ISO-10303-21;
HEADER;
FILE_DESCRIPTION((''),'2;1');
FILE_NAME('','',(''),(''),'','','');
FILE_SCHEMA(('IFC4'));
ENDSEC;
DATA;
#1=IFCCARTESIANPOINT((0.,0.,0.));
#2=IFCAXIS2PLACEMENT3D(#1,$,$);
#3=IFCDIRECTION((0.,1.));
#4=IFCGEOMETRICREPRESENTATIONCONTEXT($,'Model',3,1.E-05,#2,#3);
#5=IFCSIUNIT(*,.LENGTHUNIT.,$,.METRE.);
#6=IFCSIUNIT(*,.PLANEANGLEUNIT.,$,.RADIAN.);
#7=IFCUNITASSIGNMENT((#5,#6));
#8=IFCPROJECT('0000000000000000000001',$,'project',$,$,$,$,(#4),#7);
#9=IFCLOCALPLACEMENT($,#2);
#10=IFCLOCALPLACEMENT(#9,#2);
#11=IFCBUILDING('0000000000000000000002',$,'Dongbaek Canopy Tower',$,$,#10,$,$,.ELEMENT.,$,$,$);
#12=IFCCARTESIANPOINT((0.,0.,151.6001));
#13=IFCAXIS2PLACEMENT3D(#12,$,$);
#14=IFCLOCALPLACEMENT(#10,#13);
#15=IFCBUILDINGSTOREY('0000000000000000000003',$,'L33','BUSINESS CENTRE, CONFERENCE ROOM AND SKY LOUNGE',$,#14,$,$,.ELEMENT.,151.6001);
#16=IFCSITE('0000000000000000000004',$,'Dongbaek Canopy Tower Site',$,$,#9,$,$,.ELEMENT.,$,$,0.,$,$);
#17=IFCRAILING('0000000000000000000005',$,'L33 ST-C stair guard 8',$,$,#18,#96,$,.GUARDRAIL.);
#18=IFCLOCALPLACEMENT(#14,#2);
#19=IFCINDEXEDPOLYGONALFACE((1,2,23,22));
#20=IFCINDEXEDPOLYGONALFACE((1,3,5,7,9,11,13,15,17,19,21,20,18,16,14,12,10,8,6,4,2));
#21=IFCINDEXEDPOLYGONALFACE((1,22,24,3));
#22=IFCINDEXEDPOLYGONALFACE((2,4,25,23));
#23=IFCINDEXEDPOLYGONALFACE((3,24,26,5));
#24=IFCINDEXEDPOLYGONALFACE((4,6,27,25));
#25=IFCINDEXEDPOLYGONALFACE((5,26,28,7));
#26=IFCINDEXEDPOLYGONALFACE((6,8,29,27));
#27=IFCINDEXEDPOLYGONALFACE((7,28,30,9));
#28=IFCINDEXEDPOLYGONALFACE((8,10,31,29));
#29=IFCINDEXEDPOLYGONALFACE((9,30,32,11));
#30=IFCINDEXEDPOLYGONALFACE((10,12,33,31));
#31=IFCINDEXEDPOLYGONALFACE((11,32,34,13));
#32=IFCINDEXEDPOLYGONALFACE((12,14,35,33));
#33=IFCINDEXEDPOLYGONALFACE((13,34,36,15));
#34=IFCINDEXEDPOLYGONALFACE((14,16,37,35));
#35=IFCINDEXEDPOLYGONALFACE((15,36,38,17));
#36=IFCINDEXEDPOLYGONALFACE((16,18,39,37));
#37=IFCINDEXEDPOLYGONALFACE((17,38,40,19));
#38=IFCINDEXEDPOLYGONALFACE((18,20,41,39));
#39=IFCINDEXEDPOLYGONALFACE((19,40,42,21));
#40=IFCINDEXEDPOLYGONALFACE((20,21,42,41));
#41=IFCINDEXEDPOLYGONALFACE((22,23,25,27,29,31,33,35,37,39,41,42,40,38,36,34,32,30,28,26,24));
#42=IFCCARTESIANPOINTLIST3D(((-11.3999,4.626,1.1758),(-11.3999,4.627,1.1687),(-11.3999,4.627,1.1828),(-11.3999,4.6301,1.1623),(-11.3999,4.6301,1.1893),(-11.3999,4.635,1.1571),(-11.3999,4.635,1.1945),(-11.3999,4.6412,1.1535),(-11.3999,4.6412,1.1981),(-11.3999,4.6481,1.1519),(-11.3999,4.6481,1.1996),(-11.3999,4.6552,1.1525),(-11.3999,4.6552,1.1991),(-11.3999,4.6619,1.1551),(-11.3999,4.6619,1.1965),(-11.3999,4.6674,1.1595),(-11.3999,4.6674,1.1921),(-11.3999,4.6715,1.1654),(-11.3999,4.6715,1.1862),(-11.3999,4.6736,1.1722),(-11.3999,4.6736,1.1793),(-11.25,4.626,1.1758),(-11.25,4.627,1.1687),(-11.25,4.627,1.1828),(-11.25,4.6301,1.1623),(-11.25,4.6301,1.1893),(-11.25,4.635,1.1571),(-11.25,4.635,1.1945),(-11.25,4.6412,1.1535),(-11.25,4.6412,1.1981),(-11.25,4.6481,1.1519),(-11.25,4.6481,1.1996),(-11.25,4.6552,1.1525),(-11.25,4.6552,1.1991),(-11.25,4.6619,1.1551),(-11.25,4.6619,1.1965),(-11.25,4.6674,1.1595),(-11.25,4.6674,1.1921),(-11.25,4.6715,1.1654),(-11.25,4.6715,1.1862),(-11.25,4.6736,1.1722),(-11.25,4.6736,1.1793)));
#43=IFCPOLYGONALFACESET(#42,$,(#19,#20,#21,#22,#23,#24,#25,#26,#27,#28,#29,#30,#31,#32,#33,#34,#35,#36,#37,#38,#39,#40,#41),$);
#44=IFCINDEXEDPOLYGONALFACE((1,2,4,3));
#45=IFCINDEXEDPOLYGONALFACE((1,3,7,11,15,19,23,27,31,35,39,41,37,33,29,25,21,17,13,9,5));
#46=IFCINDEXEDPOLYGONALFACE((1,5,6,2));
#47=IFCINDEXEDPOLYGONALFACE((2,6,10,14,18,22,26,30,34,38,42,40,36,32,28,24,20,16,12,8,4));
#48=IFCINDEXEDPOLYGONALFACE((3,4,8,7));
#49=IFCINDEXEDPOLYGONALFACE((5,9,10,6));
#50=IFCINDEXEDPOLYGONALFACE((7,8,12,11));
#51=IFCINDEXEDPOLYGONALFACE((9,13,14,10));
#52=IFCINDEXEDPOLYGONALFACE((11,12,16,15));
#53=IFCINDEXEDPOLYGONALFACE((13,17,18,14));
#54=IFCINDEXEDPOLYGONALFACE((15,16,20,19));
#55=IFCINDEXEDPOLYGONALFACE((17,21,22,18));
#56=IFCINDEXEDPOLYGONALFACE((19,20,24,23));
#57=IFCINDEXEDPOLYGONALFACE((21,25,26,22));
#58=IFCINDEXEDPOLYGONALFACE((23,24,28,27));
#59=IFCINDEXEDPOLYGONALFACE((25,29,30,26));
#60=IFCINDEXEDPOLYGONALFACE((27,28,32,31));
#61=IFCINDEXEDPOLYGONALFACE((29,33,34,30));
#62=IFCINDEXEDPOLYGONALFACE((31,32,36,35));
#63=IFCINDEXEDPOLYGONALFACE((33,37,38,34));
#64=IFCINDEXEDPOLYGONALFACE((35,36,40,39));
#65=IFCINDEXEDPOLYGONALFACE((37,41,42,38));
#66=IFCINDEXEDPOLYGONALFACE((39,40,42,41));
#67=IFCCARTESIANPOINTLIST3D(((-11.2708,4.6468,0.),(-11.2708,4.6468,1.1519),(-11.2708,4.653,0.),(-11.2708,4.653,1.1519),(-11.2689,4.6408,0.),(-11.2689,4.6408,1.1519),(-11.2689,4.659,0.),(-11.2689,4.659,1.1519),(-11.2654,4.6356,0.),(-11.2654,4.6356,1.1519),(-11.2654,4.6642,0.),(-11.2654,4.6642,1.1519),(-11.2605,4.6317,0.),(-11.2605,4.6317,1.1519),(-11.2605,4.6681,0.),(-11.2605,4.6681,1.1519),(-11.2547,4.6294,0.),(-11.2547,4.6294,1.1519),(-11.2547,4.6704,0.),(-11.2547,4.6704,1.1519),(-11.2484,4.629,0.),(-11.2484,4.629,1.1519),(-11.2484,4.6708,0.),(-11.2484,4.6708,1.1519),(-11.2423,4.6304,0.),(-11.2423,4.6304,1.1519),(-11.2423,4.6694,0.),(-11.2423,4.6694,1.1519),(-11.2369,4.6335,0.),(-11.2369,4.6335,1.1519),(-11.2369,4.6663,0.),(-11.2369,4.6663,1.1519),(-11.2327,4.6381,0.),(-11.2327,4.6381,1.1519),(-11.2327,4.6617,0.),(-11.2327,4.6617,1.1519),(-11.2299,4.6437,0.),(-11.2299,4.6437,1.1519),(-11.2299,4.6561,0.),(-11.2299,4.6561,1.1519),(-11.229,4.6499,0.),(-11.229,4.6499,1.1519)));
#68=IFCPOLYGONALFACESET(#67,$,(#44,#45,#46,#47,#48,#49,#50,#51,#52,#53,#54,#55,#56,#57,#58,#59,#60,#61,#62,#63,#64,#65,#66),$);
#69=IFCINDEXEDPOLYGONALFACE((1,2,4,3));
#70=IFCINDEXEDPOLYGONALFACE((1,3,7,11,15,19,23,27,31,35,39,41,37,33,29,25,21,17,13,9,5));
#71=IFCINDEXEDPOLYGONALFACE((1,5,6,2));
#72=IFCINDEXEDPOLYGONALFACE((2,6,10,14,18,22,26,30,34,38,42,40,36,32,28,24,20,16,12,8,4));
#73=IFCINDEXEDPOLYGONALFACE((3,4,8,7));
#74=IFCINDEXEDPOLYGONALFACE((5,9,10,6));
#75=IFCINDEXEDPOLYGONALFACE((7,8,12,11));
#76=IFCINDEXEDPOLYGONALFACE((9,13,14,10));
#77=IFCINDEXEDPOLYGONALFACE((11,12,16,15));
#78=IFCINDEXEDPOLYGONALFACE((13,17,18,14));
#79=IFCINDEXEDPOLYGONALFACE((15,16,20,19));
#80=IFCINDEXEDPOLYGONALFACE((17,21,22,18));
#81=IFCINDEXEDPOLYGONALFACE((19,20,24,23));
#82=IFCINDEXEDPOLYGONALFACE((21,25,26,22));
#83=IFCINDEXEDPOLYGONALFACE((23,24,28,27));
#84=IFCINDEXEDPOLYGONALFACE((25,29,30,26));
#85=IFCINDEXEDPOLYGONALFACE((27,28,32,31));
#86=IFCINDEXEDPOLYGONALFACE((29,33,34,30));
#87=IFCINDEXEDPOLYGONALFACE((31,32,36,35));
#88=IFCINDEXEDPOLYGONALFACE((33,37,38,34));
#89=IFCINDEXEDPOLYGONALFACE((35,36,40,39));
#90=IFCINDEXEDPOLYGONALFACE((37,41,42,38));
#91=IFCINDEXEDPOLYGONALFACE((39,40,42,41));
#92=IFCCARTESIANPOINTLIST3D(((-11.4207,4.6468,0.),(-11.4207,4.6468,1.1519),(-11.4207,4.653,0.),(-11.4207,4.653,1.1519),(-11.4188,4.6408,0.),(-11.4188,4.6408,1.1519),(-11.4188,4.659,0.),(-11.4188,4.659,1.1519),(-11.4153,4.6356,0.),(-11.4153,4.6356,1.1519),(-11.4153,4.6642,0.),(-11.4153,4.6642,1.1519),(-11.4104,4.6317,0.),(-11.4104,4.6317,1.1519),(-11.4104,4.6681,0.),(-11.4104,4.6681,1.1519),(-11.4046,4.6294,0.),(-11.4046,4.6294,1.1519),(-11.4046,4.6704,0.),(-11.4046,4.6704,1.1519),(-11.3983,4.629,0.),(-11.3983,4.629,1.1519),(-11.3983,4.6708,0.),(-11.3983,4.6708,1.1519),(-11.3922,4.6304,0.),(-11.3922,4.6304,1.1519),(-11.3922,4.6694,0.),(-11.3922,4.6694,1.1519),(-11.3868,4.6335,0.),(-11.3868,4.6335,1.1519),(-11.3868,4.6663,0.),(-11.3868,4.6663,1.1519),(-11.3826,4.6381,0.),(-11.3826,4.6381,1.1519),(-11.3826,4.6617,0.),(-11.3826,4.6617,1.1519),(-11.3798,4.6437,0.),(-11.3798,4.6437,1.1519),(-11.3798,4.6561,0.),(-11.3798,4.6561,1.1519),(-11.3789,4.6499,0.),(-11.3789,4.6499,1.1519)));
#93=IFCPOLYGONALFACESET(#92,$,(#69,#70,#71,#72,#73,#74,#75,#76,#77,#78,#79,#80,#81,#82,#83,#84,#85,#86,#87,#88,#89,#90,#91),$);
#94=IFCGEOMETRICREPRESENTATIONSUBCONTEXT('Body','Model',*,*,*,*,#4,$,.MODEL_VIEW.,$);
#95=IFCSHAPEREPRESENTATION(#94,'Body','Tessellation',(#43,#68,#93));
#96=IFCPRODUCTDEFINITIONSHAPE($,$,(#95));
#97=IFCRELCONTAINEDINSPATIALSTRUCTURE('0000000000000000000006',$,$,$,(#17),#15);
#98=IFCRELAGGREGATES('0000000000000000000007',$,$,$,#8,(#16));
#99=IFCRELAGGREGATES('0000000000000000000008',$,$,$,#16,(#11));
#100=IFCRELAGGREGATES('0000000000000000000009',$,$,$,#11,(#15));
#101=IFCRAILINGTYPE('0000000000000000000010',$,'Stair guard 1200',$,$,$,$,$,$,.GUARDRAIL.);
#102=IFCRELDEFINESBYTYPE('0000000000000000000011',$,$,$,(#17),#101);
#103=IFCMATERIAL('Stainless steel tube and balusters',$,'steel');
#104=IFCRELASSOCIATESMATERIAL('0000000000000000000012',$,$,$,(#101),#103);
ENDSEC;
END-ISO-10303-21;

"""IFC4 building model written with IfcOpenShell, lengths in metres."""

from ifc_helpers import new_model, si_unit, direction, frame, origin, origin_2d, place, context, subcontext, project, spatial, circle, extrude, material, type_object, element, save


model = new_model("IFC4")

# Units and contexts
model_context = context("Model", 3, precision=1e-05, world=origin(), true_north=direction((0.0, 1.0)))
body_context = subcontext(model_context, "Body", "Model", "MODEL_VIEW")
ifc_project = project(units=[si_unit("LENGTHUNIT", "METRE"), si_unit("PLANEANGLEUNIT", "RADIAN")], contexts=[model_context])

# Site, building, storey
site_placement = place(None, origin())
site = spatial("IfcSite", under=ifc_project, at=site_placement, Name="Dongbaek Canopy Tower Site", CompositionType="ELEMENT", RefElevation=0.0)
building_placement = place(site_placement, origin())
building = spatial("IfcBuilding", under=site, at=building_placement, Name="Dongbaek Canopy Tower", CompositionType="ELEMENT")
storey_placement = place(building_placement, frame((0.0, 0.0, 151.6001)))
storey = spatial("IfcBuildingStorey", under=building, at=storey_placement, Name="L33", Description="BUSINESS CENTRE, CONFERENCE ROOM AND SKY LOUNGE", CompositionType="ELEMENT", Elevation=151.6001)

# Railing
ifc_material_1 = material(Name="Stainless steel tube and balusters", Category="steel")
railing_type_1 = type_object("IfcRailingType", Name="Stair guard 1200", PredefinedType="GUARDRAIL", material=ifc_material_1)
railing_1_placement = place(storey_placement, frame((-11.25, 4.6499, 0.0)))
element("IfcRailing", 1, at=railing_1_placement, inside=storey, type_object=railing_type_1, Name="L33 ST-C stair guard 8", PredefinedType="GUARDRAIL", context=body_context, shape_type="SweptSolid", body=[
    extrude(circle(Radius=0.0239, at=origin_2d()), frame((0.0, 0.0, 1.1758), z_axis=(-1.0, 0.0, 0.0), x_axis=(0.0, -1.0, 0.0)), (0.0, 0.0, 1.0), 0.1499),
    extrude(circle(Radius=0.021, at=origin_2d()), origin(), (0.0, 0.0, 1.0), 1.1519),
    extrude(circle(Radius=0.021, at=origin_2d()), frame((-0.1499, 0.0, 0.0)), (0.0, 0.0, 1.0), 1.1519),
])

save(model, "model.ifc")
